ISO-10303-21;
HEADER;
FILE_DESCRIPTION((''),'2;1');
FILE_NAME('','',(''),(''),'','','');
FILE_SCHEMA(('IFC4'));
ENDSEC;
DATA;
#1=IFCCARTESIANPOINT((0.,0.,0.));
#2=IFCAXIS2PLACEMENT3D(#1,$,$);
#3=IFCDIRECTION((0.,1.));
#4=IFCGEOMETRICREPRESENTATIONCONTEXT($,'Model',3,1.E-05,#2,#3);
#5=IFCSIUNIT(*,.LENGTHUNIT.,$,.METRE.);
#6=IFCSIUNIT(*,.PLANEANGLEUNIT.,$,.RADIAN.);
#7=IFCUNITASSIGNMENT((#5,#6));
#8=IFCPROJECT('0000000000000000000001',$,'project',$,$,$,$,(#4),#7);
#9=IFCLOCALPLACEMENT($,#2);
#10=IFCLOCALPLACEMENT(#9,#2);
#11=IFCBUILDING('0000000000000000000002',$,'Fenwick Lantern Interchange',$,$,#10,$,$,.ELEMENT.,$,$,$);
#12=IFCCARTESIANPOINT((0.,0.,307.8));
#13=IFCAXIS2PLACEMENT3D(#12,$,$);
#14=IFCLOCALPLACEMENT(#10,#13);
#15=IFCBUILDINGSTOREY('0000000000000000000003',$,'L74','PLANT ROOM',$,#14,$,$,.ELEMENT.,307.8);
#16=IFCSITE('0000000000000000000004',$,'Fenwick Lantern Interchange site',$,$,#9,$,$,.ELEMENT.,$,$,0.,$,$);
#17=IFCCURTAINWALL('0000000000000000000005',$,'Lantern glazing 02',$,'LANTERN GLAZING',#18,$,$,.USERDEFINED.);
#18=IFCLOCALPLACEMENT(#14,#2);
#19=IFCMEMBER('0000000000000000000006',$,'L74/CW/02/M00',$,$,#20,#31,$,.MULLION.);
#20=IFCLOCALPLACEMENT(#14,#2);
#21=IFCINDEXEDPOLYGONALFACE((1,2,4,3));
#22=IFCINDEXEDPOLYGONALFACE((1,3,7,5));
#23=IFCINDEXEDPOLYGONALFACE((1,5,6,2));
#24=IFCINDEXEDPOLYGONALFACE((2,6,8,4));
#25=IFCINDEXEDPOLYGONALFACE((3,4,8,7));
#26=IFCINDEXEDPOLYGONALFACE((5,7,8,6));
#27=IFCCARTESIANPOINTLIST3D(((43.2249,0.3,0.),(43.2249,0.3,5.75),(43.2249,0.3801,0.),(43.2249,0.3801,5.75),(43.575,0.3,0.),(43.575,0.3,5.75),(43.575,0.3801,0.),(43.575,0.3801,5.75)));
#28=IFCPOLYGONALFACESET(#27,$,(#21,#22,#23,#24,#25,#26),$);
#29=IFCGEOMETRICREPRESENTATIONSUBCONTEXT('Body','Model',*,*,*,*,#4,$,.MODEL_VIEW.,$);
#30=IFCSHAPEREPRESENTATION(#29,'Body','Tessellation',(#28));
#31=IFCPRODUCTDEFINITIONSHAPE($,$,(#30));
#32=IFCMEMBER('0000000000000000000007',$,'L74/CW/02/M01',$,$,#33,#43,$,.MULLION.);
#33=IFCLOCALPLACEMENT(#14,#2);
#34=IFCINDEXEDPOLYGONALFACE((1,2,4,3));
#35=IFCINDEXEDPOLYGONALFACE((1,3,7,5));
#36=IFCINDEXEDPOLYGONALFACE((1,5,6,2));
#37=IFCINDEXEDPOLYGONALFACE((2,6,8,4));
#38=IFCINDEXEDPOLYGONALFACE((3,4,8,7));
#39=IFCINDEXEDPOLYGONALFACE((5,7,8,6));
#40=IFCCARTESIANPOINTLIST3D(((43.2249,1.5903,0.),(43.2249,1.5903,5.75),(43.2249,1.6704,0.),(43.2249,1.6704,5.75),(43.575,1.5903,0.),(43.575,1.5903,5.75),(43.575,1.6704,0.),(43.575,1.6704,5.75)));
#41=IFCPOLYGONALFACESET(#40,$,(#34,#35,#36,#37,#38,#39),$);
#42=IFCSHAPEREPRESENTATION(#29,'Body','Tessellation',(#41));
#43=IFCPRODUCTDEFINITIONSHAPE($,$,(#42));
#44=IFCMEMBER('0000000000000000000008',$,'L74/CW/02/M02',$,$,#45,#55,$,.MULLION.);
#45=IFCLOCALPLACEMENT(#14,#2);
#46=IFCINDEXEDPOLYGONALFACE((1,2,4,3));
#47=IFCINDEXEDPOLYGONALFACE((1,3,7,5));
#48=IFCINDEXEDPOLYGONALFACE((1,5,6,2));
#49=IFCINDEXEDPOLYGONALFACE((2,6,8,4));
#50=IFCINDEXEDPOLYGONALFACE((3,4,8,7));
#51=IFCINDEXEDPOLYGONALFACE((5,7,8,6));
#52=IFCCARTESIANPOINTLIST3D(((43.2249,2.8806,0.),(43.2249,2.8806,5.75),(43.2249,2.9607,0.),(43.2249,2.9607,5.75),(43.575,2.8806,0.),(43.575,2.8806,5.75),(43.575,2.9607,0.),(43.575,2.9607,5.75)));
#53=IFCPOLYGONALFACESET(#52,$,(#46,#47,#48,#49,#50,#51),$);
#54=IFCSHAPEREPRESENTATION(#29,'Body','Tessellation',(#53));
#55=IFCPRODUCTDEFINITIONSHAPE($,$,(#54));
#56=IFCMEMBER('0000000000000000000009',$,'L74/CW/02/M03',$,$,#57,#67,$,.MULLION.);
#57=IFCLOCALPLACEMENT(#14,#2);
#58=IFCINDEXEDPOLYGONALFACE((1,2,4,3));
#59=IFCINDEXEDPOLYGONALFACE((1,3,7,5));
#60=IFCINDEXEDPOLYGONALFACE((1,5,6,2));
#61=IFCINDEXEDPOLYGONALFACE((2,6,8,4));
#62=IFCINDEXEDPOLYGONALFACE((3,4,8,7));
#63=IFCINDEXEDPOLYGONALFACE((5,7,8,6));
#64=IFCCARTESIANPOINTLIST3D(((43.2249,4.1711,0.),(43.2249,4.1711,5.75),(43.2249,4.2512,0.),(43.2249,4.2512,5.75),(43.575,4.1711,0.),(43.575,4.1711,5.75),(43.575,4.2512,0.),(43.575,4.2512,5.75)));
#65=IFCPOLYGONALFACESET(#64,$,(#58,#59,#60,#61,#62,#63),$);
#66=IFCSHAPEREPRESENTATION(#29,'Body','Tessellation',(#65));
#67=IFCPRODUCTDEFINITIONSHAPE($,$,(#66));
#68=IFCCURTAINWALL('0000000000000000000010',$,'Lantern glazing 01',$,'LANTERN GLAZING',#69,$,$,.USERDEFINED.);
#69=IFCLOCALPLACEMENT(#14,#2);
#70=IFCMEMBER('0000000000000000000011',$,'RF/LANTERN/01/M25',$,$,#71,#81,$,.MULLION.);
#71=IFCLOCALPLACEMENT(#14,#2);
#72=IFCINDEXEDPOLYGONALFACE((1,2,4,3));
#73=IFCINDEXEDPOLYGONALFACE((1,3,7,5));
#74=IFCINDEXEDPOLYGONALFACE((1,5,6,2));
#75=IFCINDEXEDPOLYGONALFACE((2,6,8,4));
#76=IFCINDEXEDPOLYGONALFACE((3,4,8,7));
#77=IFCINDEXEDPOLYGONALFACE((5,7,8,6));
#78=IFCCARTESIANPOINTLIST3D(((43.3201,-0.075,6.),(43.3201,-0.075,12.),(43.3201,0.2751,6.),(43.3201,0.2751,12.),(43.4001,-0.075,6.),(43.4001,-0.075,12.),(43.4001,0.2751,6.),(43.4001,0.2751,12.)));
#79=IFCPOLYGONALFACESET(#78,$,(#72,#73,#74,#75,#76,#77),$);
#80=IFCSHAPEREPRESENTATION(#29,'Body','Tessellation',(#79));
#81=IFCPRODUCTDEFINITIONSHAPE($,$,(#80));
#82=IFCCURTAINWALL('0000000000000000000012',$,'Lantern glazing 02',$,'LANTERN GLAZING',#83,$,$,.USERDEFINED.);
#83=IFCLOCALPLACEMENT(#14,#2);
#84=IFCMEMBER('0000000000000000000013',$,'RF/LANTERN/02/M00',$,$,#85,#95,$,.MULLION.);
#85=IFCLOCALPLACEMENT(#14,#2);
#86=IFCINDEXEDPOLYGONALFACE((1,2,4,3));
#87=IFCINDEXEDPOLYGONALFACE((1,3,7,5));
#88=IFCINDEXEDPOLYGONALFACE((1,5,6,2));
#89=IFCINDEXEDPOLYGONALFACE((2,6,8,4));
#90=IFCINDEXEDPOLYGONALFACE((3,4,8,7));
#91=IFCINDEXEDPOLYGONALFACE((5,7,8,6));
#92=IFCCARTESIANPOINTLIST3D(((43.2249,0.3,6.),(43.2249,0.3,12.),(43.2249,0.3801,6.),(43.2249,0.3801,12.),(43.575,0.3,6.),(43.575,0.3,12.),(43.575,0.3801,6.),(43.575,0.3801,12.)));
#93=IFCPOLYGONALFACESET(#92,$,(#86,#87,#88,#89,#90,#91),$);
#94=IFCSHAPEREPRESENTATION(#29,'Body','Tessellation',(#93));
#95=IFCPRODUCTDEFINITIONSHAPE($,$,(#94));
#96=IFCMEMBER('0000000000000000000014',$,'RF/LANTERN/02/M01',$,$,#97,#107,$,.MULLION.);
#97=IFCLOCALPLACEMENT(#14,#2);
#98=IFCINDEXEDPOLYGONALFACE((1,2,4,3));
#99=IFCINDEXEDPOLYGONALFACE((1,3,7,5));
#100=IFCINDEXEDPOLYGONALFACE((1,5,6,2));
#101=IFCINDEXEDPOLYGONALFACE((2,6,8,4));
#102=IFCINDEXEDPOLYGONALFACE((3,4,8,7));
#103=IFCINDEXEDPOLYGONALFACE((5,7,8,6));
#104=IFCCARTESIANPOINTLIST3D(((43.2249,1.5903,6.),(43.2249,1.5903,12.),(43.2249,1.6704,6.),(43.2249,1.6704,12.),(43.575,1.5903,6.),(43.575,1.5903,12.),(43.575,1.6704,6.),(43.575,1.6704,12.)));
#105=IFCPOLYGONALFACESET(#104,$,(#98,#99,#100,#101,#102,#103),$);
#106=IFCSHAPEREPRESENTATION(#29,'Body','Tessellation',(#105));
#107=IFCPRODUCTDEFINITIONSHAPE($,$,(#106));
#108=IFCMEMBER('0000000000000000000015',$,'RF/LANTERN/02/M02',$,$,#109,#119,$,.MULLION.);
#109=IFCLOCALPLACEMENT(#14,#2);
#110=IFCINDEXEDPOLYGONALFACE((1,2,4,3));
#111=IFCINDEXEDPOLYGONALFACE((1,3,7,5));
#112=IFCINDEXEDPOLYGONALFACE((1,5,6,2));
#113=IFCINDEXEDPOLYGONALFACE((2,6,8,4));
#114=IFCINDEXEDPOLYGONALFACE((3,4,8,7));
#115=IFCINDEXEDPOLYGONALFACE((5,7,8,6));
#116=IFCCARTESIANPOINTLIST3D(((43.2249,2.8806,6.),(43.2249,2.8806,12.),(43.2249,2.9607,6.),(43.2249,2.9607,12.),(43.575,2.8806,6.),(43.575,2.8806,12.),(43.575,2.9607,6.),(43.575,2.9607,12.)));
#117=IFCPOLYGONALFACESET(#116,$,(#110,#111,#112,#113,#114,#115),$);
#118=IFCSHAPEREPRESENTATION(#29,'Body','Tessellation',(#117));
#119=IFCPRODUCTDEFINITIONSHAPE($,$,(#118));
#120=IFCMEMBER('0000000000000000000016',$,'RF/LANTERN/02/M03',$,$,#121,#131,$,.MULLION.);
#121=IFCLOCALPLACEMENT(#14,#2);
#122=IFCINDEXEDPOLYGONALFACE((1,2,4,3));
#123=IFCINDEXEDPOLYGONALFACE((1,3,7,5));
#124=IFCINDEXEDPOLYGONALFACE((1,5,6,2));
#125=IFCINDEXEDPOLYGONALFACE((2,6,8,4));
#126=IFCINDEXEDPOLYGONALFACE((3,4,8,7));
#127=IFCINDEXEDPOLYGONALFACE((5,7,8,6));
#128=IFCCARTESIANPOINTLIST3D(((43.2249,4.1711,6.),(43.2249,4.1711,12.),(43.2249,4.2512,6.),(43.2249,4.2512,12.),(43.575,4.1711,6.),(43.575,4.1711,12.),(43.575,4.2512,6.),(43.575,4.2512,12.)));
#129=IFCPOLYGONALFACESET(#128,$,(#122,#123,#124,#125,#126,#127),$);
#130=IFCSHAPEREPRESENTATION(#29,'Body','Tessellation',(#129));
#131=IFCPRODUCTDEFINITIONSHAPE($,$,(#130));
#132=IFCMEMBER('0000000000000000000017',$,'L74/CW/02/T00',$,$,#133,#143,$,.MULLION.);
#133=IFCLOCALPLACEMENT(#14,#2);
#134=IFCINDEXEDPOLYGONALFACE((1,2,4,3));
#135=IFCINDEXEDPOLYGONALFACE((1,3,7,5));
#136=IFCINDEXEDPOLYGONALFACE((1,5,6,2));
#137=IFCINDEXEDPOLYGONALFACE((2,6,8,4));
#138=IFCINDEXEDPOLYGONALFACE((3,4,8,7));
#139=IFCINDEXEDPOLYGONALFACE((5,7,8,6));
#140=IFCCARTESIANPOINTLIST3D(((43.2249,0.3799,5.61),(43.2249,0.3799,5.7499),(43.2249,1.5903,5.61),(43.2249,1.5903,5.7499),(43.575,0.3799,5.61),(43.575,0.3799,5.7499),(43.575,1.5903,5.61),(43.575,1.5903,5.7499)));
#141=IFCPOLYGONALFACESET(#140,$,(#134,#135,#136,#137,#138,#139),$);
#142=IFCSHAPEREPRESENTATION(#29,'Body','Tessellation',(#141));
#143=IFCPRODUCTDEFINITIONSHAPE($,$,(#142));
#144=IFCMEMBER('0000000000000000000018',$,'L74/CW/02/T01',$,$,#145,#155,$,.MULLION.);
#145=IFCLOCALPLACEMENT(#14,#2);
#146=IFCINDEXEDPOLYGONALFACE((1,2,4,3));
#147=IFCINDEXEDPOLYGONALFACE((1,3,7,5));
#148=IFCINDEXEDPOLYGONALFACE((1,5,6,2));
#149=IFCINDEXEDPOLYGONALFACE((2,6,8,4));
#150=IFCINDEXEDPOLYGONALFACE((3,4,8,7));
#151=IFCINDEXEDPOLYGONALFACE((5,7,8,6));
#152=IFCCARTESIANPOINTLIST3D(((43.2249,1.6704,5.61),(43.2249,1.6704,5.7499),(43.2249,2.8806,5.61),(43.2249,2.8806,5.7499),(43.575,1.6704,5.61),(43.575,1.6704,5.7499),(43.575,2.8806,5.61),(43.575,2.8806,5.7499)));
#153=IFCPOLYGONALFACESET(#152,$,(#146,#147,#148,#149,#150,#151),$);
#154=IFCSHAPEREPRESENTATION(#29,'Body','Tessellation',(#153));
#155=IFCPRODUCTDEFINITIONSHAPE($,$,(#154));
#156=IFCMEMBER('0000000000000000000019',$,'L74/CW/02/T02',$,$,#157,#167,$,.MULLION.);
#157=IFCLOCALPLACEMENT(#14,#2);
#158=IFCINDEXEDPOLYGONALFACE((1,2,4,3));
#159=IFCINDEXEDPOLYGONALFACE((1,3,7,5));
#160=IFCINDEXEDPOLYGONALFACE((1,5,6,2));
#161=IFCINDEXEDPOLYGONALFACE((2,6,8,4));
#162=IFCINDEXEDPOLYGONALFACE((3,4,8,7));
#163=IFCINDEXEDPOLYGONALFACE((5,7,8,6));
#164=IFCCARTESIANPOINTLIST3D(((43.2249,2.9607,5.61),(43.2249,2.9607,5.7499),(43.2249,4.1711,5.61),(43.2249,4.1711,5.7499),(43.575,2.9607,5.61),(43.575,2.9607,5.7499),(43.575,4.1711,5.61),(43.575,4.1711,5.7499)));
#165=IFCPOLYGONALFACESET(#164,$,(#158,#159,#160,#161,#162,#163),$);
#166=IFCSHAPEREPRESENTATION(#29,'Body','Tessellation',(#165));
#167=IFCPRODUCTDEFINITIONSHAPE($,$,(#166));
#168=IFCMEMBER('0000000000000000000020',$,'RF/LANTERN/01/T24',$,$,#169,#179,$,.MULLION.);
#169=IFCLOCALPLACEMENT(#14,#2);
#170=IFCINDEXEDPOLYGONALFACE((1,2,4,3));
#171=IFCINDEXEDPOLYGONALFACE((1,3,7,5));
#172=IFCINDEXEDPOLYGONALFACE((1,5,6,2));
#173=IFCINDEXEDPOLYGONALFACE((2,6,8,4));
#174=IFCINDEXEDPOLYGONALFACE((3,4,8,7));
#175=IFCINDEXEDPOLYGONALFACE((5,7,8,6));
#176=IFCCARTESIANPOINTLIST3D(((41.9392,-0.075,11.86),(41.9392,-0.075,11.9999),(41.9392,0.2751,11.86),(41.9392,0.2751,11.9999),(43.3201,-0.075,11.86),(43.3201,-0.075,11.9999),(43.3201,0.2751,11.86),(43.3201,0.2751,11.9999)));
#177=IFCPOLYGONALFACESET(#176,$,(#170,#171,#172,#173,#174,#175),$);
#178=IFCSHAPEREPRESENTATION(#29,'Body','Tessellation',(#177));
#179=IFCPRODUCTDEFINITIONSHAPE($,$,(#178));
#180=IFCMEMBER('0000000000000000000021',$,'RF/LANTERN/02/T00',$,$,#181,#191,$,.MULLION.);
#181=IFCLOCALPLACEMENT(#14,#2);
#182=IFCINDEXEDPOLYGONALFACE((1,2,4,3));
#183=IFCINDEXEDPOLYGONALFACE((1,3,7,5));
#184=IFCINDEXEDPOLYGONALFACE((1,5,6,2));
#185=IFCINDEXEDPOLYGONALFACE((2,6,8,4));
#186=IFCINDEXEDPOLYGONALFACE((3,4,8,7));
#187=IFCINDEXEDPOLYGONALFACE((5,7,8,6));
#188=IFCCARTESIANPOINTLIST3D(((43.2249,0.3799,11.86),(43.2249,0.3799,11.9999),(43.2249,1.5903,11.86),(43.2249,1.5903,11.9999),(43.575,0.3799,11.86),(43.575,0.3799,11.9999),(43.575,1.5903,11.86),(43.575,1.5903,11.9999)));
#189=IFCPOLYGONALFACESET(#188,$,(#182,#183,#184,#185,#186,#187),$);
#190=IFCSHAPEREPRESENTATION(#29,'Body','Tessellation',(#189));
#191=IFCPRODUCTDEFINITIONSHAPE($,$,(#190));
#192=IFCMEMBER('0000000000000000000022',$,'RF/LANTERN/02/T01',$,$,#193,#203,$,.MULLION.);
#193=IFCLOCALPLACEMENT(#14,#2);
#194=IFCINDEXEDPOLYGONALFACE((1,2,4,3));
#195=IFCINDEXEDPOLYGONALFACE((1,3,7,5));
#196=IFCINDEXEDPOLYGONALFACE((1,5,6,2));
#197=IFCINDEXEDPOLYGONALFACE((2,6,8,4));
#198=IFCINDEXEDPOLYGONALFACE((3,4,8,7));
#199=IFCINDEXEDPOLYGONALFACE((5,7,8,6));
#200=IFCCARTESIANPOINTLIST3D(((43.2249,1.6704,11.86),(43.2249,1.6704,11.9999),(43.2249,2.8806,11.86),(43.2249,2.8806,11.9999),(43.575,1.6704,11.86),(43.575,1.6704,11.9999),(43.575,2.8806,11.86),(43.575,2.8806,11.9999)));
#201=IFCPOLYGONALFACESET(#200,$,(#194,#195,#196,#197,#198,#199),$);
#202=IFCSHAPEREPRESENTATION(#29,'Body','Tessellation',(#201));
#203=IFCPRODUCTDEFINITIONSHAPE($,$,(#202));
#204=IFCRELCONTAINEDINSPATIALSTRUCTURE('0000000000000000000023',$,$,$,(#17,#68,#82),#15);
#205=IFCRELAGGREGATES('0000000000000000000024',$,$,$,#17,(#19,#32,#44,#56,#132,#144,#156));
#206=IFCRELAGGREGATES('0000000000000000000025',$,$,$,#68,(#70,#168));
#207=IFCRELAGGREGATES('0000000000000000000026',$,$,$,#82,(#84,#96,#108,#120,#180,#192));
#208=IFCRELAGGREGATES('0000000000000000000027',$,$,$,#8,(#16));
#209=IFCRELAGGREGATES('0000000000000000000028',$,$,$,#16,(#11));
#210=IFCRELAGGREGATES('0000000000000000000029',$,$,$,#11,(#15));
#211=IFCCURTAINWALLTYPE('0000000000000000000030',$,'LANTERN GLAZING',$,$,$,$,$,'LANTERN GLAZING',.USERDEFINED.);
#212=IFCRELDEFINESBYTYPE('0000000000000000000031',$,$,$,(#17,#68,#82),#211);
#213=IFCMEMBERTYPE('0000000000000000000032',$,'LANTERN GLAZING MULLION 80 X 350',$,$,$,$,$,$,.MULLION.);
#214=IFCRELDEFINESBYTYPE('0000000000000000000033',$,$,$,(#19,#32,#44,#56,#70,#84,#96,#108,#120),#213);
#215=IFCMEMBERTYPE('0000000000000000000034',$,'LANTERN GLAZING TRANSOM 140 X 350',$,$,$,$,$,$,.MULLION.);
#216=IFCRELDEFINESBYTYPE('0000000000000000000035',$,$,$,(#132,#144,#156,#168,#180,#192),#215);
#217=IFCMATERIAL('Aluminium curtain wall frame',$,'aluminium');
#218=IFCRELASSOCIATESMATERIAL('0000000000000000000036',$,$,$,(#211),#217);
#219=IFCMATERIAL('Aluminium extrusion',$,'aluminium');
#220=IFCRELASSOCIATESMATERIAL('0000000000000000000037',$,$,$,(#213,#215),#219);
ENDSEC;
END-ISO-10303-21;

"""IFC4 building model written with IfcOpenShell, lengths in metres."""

from ifc_helpers import new_model, si_unit, direction, frame, origin, origin_2d, place, context, subcontext, project, spatial, rectangle, extrude, material, material_profile, profile_set, type_object, element, aggregate, save


model = new_model("IFC4")

# Units and contexts
model_context = context("Model", 3, precision=1e-05, world=origin(), true_north=direction((0.0, 1.0)))
body_context = subcontext(model_context, "Body", "Model", "MODEL_VIEW")
ifc_project = project(units=[si_unit("LENGTHUNIT", "METRE"), si_unit("PLANEANGLEUNIT", "RADIAN")], contexts=[model_context])

# Site, building, storey
site_placement = place(None, origin())
site = spatial("IfcSite", under=ifc_project, at=site_placement, Name="Fenwick Lantern Interchange site", CompositionType="ELEMENT", RefElevation=0.0)
building_placement = place(site_placement, origin())
building = spatial("IfcBuilding", under=site, at=building_placement, Name="Fenwick Lantern Interchange", CompositionType="ELEMENT")
storey_placement = place(building_placement, frame((0.0, 0.0, 307.8)))
storey = spatial("IfcBuildingStorey", under=building, at=storey_placement, Name="L74", Description="PLANT ROOM", CompositionType="ELEMENT", Elevation=307.8)

# Shared definitions
ifc_material_1 = material(Name="Aluminium curtain wall frame", Category="aluminium")
curtain_wall_type = type_object("IfcCurtainWallType", Name="LANTERN GLAZING", ElementType="LANTERN GLAZING", PredefinedType="USERDEFINED", material=ifc_material_1)
ifc_material_2 = material(Name="Aluminium extrusion", Category="aluminium")
ifc_material_profile_1 = material_profile(ifc_material_2, rectangle(XDim=0.3501, YDim=0.0801, at=origin_2d()), Name="LANTERN GLAZING MULLION 80 X 350")
ifc_profile_set_1 = profile_set([ifc_material_profile_1], Name="Aluminium extrusion")
member_type_1 = type_object("IfcMemberType", Name="LANTERN GLAZING MULLION 80 X 350", PredefinedType="MULLION", material=ifc_profile_set_1)

# Curtain wall, members
curtain_wall_1_placement = place(storey_placement, origin())
curtain_wall_1 = element("IfcCurtainWall", 1, at=curtain_wall_1_placement, inside=storey, type_object=curtain_wall_type, Name="Lantern glazing 02", ObjectType="LANTERN GLAZING", PredefinedType="USERDEFINED")
member_1_placement = place(storey_placement, frame((43.3999, 0.3401, 0.0), z_axis=(0.0, 0.0, 1.0), x_axis=(-1.0, 0.0, 0.0)))
member_1 = element("IfcMember", 2, at=member_1_placement, type_object=member_type_1, Name="L74/CW/02/M00", PredefinedType="MULLION", context=body_context, shape_type="SweptSolid", body=[
    extrude(rectangle(XDim=0.3501, YDim=0.0801, at=origin_2d()), origin(), (0.0, 0.0, 1.0), 5.75),
])
member_2_placement = place(storey_placement, frame((43.3999, 1.6304, 0.0), z_axis=(0.0, 0.0, 1.0), x_axis=(-1.0, 0.0, 0.0)))
member_2 = element("IfcMember", 3, at=member_2_placement, type_object=member_type_1, Name="L74/CW/02/M01", PredefinedType="MULLION", context=body_context, shape_type="SweptSolid", body=[
    extrude(rectangle(XDim=0.3501, YDim=0.0801, at=origin_2d()), origin(), (0.0, 0.0, 1.0), 5.75),
])
member_3_placement = place(storey_placement, frame((43.3999, 2.9207, 0.0), z_axis=(0.0, 0.0, 1.0), x_axis=(-1.0, 0.0, 0.0)))
member_3 = element("IfcMember", 4, at=member_3_placement, type_object=member_type_1, Name="L74/CW/02/M02", PredefinedType="MULLION", context=body_context, shape_type="SweptSolid", body=[
    extrude(rectangle(XDim=0.3501, YDim=0.0801, at=origin_2d()), origin(), (0.0, 0.0, 1.0), 5.75),
])
member_4_placement = place(storey_placement, frame((43.3999, 4.2112, 0.0), z_axis=(0.0, 0.0, 1.0), x_axis=(-1.0, 0.0, 0.0)))
member_4 = element("IfcMember", 5, at=member_4_placement, type_object=member_type_1, Name="L74/CW/02/M03", PredefinedType="MULLION", context=body_context, shape_type="SweptSolid", body=[
    extrude(rectangle(XDim=0.3501, YDim=0.0801, at=origin_2d()), origin(), (0.0, 0.0, 1.0), 5.75),
])

# Curtain wall, member
curtain_wall_2_placement = place(storey_placement, origin())
curtain_wall_2 = element("IfcCurtainWall", 6, at=curtain_wall_2_placement, inside=storey, type_object=curtain_wall_type, Name="Lantern glazing 01", ObjectType="LANTERN GLAZING", PredefinedType="USERDEFINED")
member_5_placement = place(storey_placement, frame((43.3601, 0.1001, 6.0), z_axis=(0.0, 0.0, 1.0), x_axis=(0.0, 1.0, 0.0)))
member_5 = element("IfcMember", 7, at=member_5_placement, type_object=member_type_1, Name="RF/LANTERN/01/M25", PredefinedType="MULLION", context=body_context, shape_type="SweptSolid", body=[
    extrude(rectangle(XDim=0.3501, YDim=0.0801, at=origin_2d()), origin(), (0.0, 0.0, 1.0), 6.0),
])

# Curtain wall, members
curtain_wall_3_placement = place(storey_placement, origin())
curtain_wall_3 = element("IfcCurtainWall", 8, at=curtain_wall_3_placement, inside=storey, type_object=curtain_wall_type, Name="Lantern glazing 02", ObjectType="LANTERN GLAZING", PredefinedType="USERDEFINED")
member_6_placement = place(storey_placement, frame((43.3999, 0.3401, 6.0), z_axis=(0.0, 0.0, 1.0), x_axis=(-1.0, 0.0, 0.0)))
member_6 = element("IfcMember", 9, at=member_6_placement, type_object=member_type_1, Name="RF/LANTERN/02/M00", PredefinedType="MULLION", context=body_context, shape_type="SweptSolid", body=[
    extrude(rectangle(XDim=0.3501, YDim=0.0801, at=origin_2d()), origin(), (0.0, 0.0, 1.0), 6.0),
])
member_7_placement = place(storey_placement, frame((43.3999, 1.6304, 6.0), z_axis=(0.0, 0.0, 1.0), x_axis=(-1.0, 0.0, 0.0)))
member_7 = element("IfcMember", 10, at=member_7_placement, type_object=member_type_1, Name="RF/LANTERN/02/M01", PredefinedType="MULLION", context=body_context, shape_type="SweptSolid", body=[
    extrude(rectangle(XDim=0.3501, YDim=0.0801, at=origin_2d()), origin(), (0.0, 0.0, 1.0), 6.0),
])
member_8_placement = place(storey_placement, frame((43.3999, 2.9207, 6.0), z_axis=(0.0, 0.0, 1.0), x_axis=(-1.0, 0.0, 0.0)))
member_8 = element("IfcMember", 11, at=member_8_placement, type_object=member_type_1, Name="RF/LANTERN/02/M02", PredefinedType="MULLION", context=body_context, shape_type="SweptSolid", body=[
    extrude(rectangle(XDim=0.3501, YDim=0.0801, at=origin_2d()), origin(), (0.0, 0.0, 1.0), 6.0),
])
member_9_placement = place(storey_placement, frame((43.3999, 4.2112, 6.0), z_axis=(0.0, 0.0, 1.0), x_axis=(-1.0, 0.0, 0.0)))
member_9 = element("IfcMember", 12, at=member_9_placement, type_object=member_type_1, Name="RF/LANTERN/02/M03", PredefinedType="MULLION", context=body_context, shape_type="SweptSolid", body=[
    extrude(rectangle(XDim=0.3501, YDim=0.0801, at=origin_2d()), origin(), (0.0, 0.0, 1.0), 6.0),
])

# Members
ifc_material_profile_2 = material_profile(ifc_material_2, rectangle(XDim=0.3501, YDim=0.1399, at=origin_2d()), Name="LANTERN GLAZING TRANSOM 140 X 350")
ifc_profile_set_2 = profile_set([ifc_material_profile_2], Name="Aluminium extrusion")
member_type_2 = type_object("IfcMemberType", Name="LANTERN GLAZING TRANSOM 140 X 350", PredefinedType="MULLION", material=ifc_profile_set_2)
member_10_placement = place(storey_placement, frame((43.3999, 0.3799, 5.6799), z_axis=(0.0, 1.0, 0.0), x_axis=(-1.0, 0.0, 0.0)))
member_10 = element("IfcMember", 13, at=member_10_placement, type_object=member_type_2, Name="L74/CW/02/T00", PredefinedType="MULLION", context=body_context, shape_type="SweptSolid", body=[
    extrude(rectangle(XDim=0.3501, YDim=0.1399, at=origin_2d()), origin(), (0.0, 0.0, 1.0), 1.2104),
])
member_11_placement = place(storey_placement, frame((43.3999, 1.6704, 5.6799), z_axis=(0.0, 1.0, 0.0), x_axis=(-1.0, 0.0, 0.0)))
member_11 = element("IfcMember", 14, at=member_11_placement, type_object=member_type_2, Name="L74/CW/02/T01", PredefinedType="MULLION", context=body_context, shape_type="SweptSolid", body=[
    extrude(rectangle(XDim=0.3501, YDim=0.1399, at=origin_2d()), origin(), (0.0, 0.0, 1.0), 1.2102),
])
member_12_placement = place(storey_placement, frame((43.3999, 2.9607, 5.6799), z_axis=(0.0, 1.0, 0.0), x_axis=(-1.0, 0.0, 0.0)))
member_12 = element("IfcMember", 15, at=member_12_placement, type_object=member_type_2, Name="L74/CW/02/T02", PredefinedType="MULLION", context=body_context, shape_type="SweptSolid", body=[
    extrude(rectangle(XDim=0.3501, YDim=0.1399, at=origin_2d()), origin(), (0.0, 0.0, 1.0), 1.2104),
])
member_13_placement = place(storey_placement, frame((41.9392, 0.1001, 11.9299), z_axis=(1.0, 0.0, 0.0), x_axis=(0.0, 1.0, 0.0)))
member_13 = element("IfcMember", 16, at=member_13_placement, type_object=member_type_2, Name="RF/LANTERN/01/T24", PredefinedType="MULLION", context=body_context, shape_type="SweptSolid", body=[
    extrude(rectangle(XDim=0.3501, YDim=0.1399, at=origin_2d()), origin(), (0.0, 0.0, 1.0), 1.3809),
])
member_14_placement = place(storey_placement, frame((43.3999, 0.3799, 11.9299), z_axis=(0.0, 1.0, 0.0), x_axis=(-1.0, 0.0, 0.0)))
member_14 = element("IfcMember", 17, at=member_14_placement, type_object=member_type_2, Name="RF/LANTERN/02/T00", PredefinedType="MULLION", context=body_context, shape_type="SweptSolid", body=[
    extrude(rectangle(XDim=0.3501, YDim=0.1399, at=origin_2d()), origin(), (0.0, 0.0, 1.0), 1.2104),
])
member_15_placement = place(storey_placement, frame((43.3999, 1.6704, 11.9299), z_axis=(0.0, 1.0, 0.0), x_axis=(-1.0, 0.0, 0.0)))
member_15 = element("IfcMember", 18, at=member_15_placement, type_object=member_type_2, Name="RF/LANTERN/02/T01", PredefinedType="MULLION", context=body_context, shape_type="SweptSolid", body=[
    extrude(rectangle(XDim=0.3501, YDim=0.1399, at=origin_2d()), origin(), (0.0, 0.0, 1.0), 1.2102),
])

aggregate(curtain_wall_1, [member_1, member_2, member_3, member_4, member_10, member_11, member_12])
aggregate(curtain_wall_2, [member_5, member_13])
aggregate(curtain_wall_3, [member_6, member_7, member_8, member_9, member_14, member_15])

save(model, "model.ifc")
